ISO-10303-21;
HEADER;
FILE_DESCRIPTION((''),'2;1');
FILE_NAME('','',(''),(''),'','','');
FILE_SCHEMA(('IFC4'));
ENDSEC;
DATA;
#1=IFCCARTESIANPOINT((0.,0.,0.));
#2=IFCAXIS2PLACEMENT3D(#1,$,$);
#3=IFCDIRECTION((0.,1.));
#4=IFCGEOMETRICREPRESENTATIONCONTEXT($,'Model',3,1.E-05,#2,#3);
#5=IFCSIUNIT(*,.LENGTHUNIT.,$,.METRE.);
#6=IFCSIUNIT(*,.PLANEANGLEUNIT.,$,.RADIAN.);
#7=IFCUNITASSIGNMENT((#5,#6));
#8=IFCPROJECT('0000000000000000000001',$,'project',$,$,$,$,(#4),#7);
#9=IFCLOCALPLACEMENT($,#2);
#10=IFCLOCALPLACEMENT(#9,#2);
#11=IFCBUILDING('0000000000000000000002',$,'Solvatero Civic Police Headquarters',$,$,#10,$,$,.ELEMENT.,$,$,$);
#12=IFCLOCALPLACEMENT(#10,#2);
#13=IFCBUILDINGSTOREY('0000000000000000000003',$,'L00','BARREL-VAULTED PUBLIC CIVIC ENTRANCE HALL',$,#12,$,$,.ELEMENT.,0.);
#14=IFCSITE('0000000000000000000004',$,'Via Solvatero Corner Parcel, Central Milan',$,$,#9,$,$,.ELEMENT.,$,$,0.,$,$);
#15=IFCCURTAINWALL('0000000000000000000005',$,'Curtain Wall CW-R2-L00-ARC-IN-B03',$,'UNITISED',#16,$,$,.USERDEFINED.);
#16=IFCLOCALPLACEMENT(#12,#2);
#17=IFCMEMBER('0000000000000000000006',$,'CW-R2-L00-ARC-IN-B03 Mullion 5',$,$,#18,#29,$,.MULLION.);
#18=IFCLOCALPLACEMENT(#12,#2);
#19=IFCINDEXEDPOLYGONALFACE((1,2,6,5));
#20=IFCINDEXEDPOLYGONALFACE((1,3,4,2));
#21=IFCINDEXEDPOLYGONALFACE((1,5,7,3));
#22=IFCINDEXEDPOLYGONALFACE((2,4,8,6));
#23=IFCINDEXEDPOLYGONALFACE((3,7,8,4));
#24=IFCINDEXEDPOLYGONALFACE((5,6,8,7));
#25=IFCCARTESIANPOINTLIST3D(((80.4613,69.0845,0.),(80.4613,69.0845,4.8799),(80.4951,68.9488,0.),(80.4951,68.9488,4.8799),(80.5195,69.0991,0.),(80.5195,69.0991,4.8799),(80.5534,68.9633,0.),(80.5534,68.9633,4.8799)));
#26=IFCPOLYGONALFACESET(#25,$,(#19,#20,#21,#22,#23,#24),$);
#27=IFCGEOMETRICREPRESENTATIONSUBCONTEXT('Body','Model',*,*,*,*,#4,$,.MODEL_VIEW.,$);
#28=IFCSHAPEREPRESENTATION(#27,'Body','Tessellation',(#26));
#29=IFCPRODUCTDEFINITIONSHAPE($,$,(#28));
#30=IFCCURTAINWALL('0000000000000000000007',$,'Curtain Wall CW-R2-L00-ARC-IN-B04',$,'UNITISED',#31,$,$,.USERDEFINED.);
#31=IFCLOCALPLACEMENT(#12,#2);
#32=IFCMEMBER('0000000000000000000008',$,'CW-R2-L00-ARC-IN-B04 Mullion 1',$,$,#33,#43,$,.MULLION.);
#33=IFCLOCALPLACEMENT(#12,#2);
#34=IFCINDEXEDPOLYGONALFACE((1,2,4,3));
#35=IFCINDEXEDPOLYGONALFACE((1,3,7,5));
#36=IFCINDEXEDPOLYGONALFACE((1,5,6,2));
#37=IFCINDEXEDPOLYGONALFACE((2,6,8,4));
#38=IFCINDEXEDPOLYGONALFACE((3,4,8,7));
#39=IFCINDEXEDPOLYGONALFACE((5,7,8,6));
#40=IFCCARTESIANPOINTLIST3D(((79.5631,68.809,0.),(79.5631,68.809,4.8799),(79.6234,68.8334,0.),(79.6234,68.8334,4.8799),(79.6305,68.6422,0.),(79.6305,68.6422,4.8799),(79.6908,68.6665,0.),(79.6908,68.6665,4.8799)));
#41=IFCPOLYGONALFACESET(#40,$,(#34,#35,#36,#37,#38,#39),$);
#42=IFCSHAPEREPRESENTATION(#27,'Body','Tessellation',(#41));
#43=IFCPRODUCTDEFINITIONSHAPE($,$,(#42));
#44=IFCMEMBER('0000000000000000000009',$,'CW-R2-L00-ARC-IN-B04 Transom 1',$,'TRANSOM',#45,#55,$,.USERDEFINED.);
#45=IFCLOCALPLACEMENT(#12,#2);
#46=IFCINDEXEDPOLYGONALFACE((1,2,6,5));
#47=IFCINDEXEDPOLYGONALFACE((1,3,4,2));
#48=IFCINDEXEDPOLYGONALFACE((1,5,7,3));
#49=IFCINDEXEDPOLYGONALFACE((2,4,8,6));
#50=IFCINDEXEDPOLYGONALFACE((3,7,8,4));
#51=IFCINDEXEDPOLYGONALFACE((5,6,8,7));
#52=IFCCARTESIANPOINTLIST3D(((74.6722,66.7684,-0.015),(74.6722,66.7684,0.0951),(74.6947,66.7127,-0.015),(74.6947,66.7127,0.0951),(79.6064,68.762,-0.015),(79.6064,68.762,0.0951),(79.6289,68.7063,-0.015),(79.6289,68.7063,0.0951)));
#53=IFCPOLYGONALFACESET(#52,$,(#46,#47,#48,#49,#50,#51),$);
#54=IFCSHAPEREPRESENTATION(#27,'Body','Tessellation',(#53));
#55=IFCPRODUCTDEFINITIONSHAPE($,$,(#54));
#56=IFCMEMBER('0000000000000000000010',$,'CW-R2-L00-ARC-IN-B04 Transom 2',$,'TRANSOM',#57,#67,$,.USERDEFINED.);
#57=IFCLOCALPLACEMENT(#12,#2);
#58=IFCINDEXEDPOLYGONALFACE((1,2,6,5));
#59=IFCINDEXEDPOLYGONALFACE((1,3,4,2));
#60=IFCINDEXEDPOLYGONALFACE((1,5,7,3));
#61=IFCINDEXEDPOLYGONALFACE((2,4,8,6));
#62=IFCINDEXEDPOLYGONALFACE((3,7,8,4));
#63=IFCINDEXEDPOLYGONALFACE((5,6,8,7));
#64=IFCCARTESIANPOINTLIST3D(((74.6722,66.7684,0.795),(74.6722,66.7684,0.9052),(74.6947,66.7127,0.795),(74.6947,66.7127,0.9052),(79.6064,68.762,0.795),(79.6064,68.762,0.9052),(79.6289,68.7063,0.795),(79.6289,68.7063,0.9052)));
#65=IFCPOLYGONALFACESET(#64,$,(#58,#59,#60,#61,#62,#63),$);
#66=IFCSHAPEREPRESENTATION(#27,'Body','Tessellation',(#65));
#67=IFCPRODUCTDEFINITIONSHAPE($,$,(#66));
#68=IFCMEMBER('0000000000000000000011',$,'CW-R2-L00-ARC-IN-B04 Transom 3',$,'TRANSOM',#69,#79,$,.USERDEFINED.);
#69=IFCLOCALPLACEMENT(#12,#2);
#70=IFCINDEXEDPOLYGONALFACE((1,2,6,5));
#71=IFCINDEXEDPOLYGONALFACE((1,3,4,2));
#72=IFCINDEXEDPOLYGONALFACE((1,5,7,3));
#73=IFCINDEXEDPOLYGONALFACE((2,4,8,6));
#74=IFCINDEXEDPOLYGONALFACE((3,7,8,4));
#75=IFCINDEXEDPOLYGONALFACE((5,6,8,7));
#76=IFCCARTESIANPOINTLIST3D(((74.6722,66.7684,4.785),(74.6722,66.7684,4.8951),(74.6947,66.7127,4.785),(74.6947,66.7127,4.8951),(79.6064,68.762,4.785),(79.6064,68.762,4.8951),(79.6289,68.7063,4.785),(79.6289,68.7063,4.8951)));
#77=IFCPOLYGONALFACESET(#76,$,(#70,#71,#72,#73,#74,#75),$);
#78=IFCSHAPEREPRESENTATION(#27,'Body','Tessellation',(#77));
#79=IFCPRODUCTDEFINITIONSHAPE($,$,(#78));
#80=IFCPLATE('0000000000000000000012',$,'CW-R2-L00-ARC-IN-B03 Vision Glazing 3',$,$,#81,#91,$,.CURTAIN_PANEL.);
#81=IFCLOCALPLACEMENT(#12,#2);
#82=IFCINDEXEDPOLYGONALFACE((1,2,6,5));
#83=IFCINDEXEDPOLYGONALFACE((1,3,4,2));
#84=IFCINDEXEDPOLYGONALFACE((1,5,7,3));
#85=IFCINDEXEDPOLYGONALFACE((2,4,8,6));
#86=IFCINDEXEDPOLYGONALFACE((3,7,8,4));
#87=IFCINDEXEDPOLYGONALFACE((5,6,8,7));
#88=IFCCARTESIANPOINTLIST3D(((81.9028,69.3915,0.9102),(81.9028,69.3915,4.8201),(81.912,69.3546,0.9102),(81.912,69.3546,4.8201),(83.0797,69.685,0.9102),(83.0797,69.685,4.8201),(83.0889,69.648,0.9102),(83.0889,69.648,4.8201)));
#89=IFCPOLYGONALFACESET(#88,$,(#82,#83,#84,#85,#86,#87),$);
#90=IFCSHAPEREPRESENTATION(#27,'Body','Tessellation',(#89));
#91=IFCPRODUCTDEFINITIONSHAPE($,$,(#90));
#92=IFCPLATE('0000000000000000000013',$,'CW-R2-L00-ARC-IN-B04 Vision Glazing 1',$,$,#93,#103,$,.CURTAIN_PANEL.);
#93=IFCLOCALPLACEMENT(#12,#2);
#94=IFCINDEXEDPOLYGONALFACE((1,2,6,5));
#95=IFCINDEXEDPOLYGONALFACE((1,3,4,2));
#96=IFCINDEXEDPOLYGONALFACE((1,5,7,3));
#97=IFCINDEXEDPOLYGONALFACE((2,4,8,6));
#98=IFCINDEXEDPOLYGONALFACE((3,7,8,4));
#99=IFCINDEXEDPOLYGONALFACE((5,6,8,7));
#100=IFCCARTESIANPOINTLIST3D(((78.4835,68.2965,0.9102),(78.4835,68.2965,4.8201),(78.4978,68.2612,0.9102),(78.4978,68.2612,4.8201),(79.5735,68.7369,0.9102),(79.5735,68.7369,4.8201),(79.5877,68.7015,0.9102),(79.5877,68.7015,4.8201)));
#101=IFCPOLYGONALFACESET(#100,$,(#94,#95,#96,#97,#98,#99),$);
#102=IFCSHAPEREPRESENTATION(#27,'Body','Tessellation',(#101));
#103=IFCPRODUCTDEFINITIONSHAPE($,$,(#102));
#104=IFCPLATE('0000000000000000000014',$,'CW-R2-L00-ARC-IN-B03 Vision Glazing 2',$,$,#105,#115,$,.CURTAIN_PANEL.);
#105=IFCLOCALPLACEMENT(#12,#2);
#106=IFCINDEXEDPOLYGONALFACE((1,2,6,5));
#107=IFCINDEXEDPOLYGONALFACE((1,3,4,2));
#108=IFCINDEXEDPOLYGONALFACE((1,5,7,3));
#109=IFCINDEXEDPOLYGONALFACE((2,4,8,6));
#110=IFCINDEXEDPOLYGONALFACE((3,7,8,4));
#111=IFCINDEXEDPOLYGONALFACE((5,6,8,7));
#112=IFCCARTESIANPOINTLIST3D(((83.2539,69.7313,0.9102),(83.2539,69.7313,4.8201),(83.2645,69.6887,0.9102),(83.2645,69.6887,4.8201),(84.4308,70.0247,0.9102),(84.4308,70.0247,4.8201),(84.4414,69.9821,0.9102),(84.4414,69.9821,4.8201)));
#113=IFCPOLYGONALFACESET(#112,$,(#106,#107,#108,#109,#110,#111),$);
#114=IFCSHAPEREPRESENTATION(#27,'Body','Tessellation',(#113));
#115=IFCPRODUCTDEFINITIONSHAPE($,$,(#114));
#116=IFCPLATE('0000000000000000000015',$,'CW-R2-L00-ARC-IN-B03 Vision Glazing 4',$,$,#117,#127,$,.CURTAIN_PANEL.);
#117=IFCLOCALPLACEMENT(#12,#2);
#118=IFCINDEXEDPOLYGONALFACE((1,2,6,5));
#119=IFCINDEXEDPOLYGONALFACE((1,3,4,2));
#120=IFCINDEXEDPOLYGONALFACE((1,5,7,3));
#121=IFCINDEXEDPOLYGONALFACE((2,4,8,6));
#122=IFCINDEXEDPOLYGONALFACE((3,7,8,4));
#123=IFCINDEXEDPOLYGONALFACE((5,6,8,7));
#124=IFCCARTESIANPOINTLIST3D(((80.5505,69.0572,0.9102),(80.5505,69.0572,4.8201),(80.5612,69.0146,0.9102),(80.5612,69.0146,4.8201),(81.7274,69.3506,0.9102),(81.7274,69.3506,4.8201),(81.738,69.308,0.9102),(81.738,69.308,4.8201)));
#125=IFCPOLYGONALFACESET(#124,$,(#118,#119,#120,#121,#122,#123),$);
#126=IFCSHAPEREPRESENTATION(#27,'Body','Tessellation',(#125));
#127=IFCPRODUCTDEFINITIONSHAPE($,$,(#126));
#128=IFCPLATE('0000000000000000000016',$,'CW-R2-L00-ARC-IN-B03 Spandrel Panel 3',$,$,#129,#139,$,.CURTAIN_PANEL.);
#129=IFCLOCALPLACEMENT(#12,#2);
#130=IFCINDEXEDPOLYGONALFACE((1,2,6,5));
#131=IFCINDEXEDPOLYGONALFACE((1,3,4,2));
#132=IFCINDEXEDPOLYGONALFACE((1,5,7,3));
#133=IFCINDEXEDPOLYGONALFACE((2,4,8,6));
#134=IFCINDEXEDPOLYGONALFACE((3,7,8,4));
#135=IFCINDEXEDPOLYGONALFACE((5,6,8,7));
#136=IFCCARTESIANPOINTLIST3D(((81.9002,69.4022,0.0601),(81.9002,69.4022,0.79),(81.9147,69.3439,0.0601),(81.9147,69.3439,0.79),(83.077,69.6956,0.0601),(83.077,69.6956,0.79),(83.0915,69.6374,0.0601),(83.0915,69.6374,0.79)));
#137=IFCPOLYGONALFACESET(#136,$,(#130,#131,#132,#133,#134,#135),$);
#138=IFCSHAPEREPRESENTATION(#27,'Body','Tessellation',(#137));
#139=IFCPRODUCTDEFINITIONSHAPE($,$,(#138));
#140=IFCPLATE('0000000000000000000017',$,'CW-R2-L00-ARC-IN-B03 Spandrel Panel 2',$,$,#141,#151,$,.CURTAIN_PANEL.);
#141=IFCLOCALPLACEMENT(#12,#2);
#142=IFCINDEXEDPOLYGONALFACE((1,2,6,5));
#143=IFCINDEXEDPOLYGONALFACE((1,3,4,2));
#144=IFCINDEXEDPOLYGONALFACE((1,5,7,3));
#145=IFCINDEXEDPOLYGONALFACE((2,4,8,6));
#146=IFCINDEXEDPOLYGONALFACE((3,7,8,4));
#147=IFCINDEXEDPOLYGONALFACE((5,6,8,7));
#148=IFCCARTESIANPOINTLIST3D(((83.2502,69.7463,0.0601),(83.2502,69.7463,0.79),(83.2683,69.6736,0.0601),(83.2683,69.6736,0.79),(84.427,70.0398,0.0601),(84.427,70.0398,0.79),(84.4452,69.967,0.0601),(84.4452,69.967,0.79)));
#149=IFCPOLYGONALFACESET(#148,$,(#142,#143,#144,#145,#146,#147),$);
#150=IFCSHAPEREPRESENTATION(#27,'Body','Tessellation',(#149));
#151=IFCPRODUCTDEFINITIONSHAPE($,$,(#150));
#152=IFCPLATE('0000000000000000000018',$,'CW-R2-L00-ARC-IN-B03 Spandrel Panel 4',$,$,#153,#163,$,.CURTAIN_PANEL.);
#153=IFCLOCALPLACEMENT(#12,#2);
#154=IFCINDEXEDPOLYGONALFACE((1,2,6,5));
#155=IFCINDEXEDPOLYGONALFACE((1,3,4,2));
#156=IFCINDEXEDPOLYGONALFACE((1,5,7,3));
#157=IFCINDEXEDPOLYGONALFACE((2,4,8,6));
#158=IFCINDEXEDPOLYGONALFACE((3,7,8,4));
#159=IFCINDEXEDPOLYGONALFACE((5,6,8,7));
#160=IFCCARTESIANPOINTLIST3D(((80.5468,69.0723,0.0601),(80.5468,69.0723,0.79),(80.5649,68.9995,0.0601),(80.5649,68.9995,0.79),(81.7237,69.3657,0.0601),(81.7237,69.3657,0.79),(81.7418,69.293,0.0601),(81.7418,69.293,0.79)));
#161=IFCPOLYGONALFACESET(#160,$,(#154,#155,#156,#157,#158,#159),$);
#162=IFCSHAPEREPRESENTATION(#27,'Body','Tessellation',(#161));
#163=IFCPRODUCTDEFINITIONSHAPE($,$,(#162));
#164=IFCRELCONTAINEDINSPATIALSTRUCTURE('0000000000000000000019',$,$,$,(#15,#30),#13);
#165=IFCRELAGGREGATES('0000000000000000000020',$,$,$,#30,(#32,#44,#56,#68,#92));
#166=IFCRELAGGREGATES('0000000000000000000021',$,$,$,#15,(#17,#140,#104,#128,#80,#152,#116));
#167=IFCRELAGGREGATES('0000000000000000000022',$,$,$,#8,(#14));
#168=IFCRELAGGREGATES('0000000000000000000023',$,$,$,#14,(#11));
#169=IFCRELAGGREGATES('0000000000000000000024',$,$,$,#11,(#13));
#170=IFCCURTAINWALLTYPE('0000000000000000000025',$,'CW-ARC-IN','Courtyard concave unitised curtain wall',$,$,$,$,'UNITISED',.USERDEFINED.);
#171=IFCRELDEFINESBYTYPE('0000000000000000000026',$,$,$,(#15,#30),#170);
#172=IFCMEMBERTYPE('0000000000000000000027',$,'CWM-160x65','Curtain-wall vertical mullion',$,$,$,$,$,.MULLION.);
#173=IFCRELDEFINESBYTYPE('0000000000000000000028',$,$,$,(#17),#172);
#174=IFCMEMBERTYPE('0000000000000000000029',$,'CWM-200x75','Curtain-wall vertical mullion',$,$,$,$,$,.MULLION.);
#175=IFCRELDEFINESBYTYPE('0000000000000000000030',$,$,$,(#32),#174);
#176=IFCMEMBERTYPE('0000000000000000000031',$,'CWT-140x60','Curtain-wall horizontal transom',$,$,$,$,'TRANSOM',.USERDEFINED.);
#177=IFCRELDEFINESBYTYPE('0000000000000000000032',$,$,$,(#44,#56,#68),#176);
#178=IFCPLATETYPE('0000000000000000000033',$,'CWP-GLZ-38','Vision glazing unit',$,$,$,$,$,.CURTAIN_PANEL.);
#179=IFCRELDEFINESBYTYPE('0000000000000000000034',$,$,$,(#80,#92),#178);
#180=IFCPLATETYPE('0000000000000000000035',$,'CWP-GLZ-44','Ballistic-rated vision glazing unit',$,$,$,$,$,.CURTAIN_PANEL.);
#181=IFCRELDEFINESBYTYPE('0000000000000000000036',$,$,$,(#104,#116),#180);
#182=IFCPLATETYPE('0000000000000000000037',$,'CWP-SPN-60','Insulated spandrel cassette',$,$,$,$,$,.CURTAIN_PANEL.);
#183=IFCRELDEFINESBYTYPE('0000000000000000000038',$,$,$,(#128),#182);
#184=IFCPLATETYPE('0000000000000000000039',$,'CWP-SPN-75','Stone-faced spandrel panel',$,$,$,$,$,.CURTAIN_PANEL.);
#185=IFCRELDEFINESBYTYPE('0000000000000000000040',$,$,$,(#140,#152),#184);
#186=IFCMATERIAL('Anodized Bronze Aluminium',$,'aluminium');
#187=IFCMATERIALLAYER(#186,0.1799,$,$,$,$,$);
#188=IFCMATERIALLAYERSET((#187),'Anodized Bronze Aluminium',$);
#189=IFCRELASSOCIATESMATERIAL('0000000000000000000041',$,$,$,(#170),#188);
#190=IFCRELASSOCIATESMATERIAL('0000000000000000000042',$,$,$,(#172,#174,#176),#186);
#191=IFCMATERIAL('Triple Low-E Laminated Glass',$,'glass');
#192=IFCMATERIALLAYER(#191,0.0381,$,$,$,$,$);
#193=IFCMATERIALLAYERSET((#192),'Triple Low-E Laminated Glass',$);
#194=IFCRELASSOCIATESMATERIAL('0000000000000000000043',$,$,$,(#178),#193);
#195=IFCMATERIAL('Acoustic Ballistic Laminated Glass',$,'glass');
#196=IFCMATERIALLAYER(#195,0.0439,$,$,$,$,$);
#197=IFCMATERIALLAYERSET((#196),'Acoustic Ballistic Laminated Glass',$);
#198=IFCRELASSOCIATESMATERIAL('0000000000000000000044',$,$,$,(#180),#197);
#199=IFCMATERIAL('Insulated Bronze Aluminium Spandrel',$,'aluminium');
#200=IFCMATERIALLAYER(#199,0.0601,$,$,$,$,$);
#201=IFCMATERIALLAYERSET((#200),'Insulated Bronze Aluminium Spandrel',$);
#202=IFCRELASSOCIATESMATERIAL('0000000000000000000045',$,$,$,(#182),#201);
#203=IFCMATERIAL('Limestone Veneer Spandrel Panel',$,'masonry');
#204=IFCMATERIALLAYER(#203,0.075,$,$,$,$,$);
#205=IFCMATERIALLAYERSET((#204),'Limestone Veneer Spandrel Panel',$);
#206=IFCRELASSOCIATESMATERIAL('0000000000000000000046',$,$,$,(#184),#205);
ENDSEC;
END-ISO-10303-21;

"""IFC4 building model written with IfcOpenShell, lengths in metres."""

from ifc_helpers import new_model, si_unit, direction, frame, origin, origin_2d, place, context, subcontext, project, spatial, rectangle, extrude, material, layer, layer_set, material_profile, profile_set, type_object, element, aggregate, save


model = new_model("IFC4")

# Units and contexts
model_context = context("Model", 3, precision=1e-05, world=origin(), true_north=direction((0.0, 1.0)))
body_context = subcontext(model_context, "Body", "Model", "MODEL_VIEW")
ifc_project = project(units=[si_unit("LENGTHUNIT", "METRE"), si_unit("PLANEANGLEUNIT", "RADIAN")], contexts=[model_context])

# Site, building, storey
site_placement = place(None, origin())
site = spatial("IfcSite", under=ifc_project, at=site_placement, Name="Via Solvatero Corner Parcel, Central Milan", CompositionType="ELEMENT", RefElevation=0.0)
building_placement = place(site_placement, origin())
building = spatial("IfcBuilding", under=site, at=building_placement, Name="Solvatero Civic Police Headquarters", CompositionType="ELEMENT")
storey_placement = place(building_placement, origin())
storey = spatial("IfcBuildingStorey", under=building, at=storey_placement, Name="L00", Description="BARREL-VAULTED PUBLIC CIVIC ENTRANCE HALL", CompositionType="ELEMENT", Elevation=0.0)

# Curtain walls, members
ifc_material_1 = material(Name="Anodized Bronze Aluminium", Category="aluminium")
ifc_layer_1 = layer(ifc_material_1, 0.1799)
ifc_layer_set_1 = layer_set([ifc_layer_1], Name="Anodized Bronze Aluminium")
curtain_wall_type = type_object("IfcCurtainWallType", Name="CW-ARC-IN", Description="Courtyard concave unitised curtain wall", ElementType="UNITISED", PredefinedType="USERDEFINED", material=ifc_layer_set_1)
curtain_wall_1_placement = place(storey_placement, origin())
curtain_wall_1 = element("IfcCurtainWall", 1, at=curtain_wall_1_placement, inside=storey, type_object=curtain_wall_type, Name="Curtain Wall CW-R2-L00-ARC-IN-B03", ObjectType="UNITISED", PredefinedType="USERDEFINED")
ifc_material_profile_1 = material_profile(ifc_material_1, rectangle(XDim=0.0601, YDim=0.1399, at=origin_2d()), Name="ALU MULLION 60x140")
ifc_profile_set_1 = profile_set([ifc_material_profile_1], Name="Anodized Bronze Aluminium")
member_type_1 = type_object("IfcMemberType", Name="CWM-160x65", Description="Curtain-wall vertical mullion", PredefinedType="MULLION", material=ifc_profile_set_1)
member_1_placement = place(storey_placement, frame((80.5073, 69.0239, 0.0), z_axis=(0.0, 0.0, 1.0), x_axis=(-0.970296, -0.241922, 0.0)))
member_1 = element("IfcMember", 2, at=member_1_placement, type_object=member_type_1, Name="CW-R2-L00-ARC-IN-B03 Mullion 5", PredefinedType="MULLION", context=body_context, shape_type="SweptSolid", body=[
    extrude(rectangle(XDim=0.0601, YDim=0.1399, at=origin_2d()), origin(), (0.0, 0.0, 1.0), 4.8799),
])
curtain_wall_2_placement = place(storey_placement, origin())
curtain_wall_2 = element("IfcCurtainWall", 3, at=curtain_wall_2_placement, inside=storey, type_object=curtain_wall_type, Name="Curtain Wall CW-R2-L00-ARC-IN-B04", ObjectType="UNITISED", PredefinedType="USERDEFINED")
ifc_material_profile_2 = material_profile(ifc_material_1, rectangle(XDim=0.0649, YDim=0.1799, at=origin_2d()), Name="ALU MULLION 65x180")
ifc_profile_set_2 = profile_set([ifc_material_profile_2], Name="Anodized Bronze Aluminium")
member_type_2 = type_object("IfcMemberType", Name="CWM-200x75", Description="Curtain-wall vertical mullion", PredefinedType="MULLION", material=ifc_profile_set_2)
member_2_placement = place(storey_placement, frame((79.627, 68.7378, 0.0), z_axis=(0.0, 0.0, 1.0), x_axis=(-0.927184, -0.374607, 0.0)))
member_2 = element("IfcMember", 4, at=member_2_placement, type_object=member_type_2, Name="CW-R2-L00-ARC-IN-B04 Mullion 1", PredefinedType="MULLION", context=body_context, shape_type="SweptSolid", body=[
    extrude(rectangle(XDim=0.0649, YDim=0.1799, at=origin_2d()), origin(), (0.0, 0.0, 1.0), 4.8799),
])
ifc_material_profile_3 = material_profile(ifc_material_1, rectangle(XDim=0.0601, YDim=0.1101, at=origin_2d()), Name="ALU TRANSOM 60x110")
ifc_profile_set_3 = profile_set([ifc_material_profile_3], Name="Anodized Bronze Aluminium")
member_type_3 = type_object("IfcMemberType", Name="CWT-140x60", Description="Curtain-wall horizontal transom", ElementType="TRANSOM", PredefinedType="USERDEFINED", material=ifc_profile_set_3)
member_3_placement = place(storey_placement, frame((79.6177, 68.7341, 0.04), z_axis=(-0.92718, -0.374616, 0.0), x_axis=(0.374616, -0.92718, 0.0)))
member_3 = element("IfcMember", 5, at=member_3_placement, type_object=member_type_3, Name="CW-R2-L00-ARC-IN-B04 Transom 1", ObjectType="TRANSOM", PredefinedType="USERDEFINED", context=body_context, shape_type="SweptSolid", body=[
    extrude(rectangle(XDim=0.0601, YDim=0.1101, at=origin_2d()), origin(), (0.0, 0.0, 1.0), 5.3218),
])
member_4_placement = place(storey_placement, frame((79.6177, 68.7341, 0.8501), z_axis=(-0.92718, -0.374616, 0.0), x_axis=(0.374616, -0.92718, 0.0)))
member_4 = element("IfcMember", 6, at=member_4_placement, type_object=member_type_3, Name="CW-R2-L00-ARC-IN-B04 Transom 2", ObjectType="TRANSOM", PredefinedType="USERDEFINED", context=body_context, shape_type="SweptSolid", body=[
    extrude(rectangle(XDim=0.0601, YDim=0.1101, at=origin_2d()), origin(), (0.0, 0.0, 1.0), 5.3218),
])
member_5_placement = place(storey_placement, frame((79.6177, 68.7341, 4.8401), z_axis=(-0.92718, -0.374616, 0.0), x_axis=(0.374616, -0.92718, 0.0)))
member_5 = element("IfcMember", 7, at=member_5_placement, type_object=member_type_3, Name="CW-R2-L00-ARC-IN-B04 Transom 3", ObjectType="TRANSOM", PredefinedType="USERDEFINED", context=body_context, shape_type="SweptSolid", body=[
    extrude(rectangle(XDim=0.0601, YDim=0.1101, at=origin_2d()), origin(), (0.0, 0.0, 1.0), 5.3218),
])

# Plates
ifc_material_2 = material(Name="Triple Low-E Laminated Glass", Category="glass")
ifc_layer_2 = layer(ifc_material_2, 0.0381)
ifc_layer_set_2 = layer_set([ifc_layer_2], Name="Triple Low-E Laminated Glass")
plate_type_1 = type_object("IfcPlateType", Name="CWP-GLZ-38", Description="Vision glazing unit", PredefinedType="CURTAIN_PANEL", material=ifc_layer_set_2)
plate_1_placement = place(storey_placement, frame((82.4958, 69.5198, 0.9102), z_axis=(0.0, 0.0, 1.0), x_axis=(-0.970296, -0.241922, 0.0)))
plate_1 = element("IfcPlate", 8, at=plate_1_placement, type_object=plate_type_1, Name="CW-R2-L00-ARC-IN-B03 Vision Glazing 3", PredefinedType="CURTAIN_PANEL", context=body_context, shape_type="SweptSolid", body=[
    extrude(rectangle(XDim=1.2129, YDim=0.0381, at=origin_2d()), origin(), (0.0, 0.0, 1.0), 3.9099),
])
plate_2_placement = place(storey_placement, frame((79.0356, 68.499, 0.9102), z_axis=(0.0, 0.0, 1.0), x_axis=(-0.927184, -0.374607, 0.0)))
plate_2 = element("IfcPlate", 9, at=plate_2_placement, type_object=plate_type_1, Name="CW-R2-L00-ARC-IN-B04 Vision Glazing 1", PredefinedType="CURTAIN_PANEL", context=body_context, shape_type="SweptSolid", body=[
    extrude(rectangle(XDim=1.1755, YDim=0.0381, at=origin_2d()), origin(), (0.0, 0.0, 1.0), 3.9099),
])
aggregate(curtain_wall_2, [member_2, member_3, member_4, member_5, plate_2])
ifc_material_3 = material(Name="Acoustic Ballistic Laminated Glass", Category="glass")
ifc_layer_3 = layer(ifc_material_3, 0.0439)
ifc_layer_set_3 = layer_set([ifc_layer_3], Name="Acoustic Ballistic Laminated Glass")
plate_type_2 = type_object("IfcPlateType", Name="CWP-GLZ-44", Description="Ballistic-rated vision glazing unit", PredefinedType="CURTAIN_PANEL", material=ifc_layer_set_3)
plate_3_placement = place(storey_placement, frame((83.8477, 69.8567, 0.9102), z_axis=(0.0, 0.0, 1.0), x_axis=(-0.970296, -0.241922, 0.0)))
plate_3 = element("IfcPlate", 10, at=plate_3_placement, type_object=plate_type_2, Name="CW-R2-L00-ARC-IN-B03 Vision Glazing 2", PredefinedType="CURTAIN_PANEL", context=body_context, shape_type="SweptSolid", body=[
    extrude(rectangle(XDim=1.2129, YDim=0.0439, at=origin_2d()), origin(), (0.0, 0.0, 1.0), 3.9099),
])
plate_4_placement = place(storey_placement, frame((81.1443, 69.1826, 0.9102), z_axis=(0.0, 0.0, 1.0), x_axis=(-0.970296, -0.241922, 0.0)))
plate_4 = element("IfcPlate", 11, at=plate_4_placement, type_object=plate_type_2, Name="CW-R2-L00-ARC-IN-B03 Vision Glazing 4", PredefinedType="CURTAIN_PANEL", context=body_context, shape_type="SweptSolid", body=[
    extrude(rectangle(XDim=1.2129, YDim=0.0439, at=origin_2d()), origin(), (0.0, 0.0, 1.0), 3.9099),
])
ifc_material_4 = material(Name="Insulated Bronze Aluminium Spandrel", Category="aluminium")
ifc_layer_4 = layer(ifc_material_4, 0.0601)
ifc_layer_set_4 = layer_set([ifc_layer_4], Name="Insulated Bronze Aluminium Spandrel")
plate_type_3 = type_object("IfcPlateType", Name="CWP-SPN-60", Description="Insulated spandrel cassette", PredefinedType="CURTAIN_PANEL", material=ifc_layer_set_4)
plate_5_placement = place(storey_placement, frame((82.4958, 69.5198, 0.0601), z_axis=(0.0, 0.0, 1.0), x_axis=(-0.970296, -0.241922, 0.0)))
plate_5 = element("IfcPlate", 12, at=plate_5_placement, type_object=plate_type_3, Name="CW-R2-L00-ARC-IN-B03 Spandrel Panel 3", PredefinedType="CURTAIN_PANEL", context=body_context, shape_type="SweptSolid", body=[
    extrude(rectangle(XDim=1.2129, YDim=0.0601, at=origin_2d()), origin(), (0.0, 0.0, 1.0), 0.73),
])
ifc_material_5 = material(Name="Limestone Veneer Spandrel Panel", Category="masonry")
ifc_layer_5 = layer(ifc_material_5, 0.075)
ifc_layer_set_5 = layer_set([ifc_layer_5], Name="Limestone Veneer Spandrel Panel")
plate_type_4 = type_object("IfcPlateType", Name="CWP-SPN-75", Description="Stone-faced spandrel panel", PredefinedType="CURTAIN_PANEL", material=ifc_layer_set_5)
plate_6_placement = place(storey_placement, frame((83.8477, 69.8567, 0.0601), z_axis=(0.0, 0.0, 1.0), x_axis=(-0.970296, -0.241922, 0.0)))
plate_6 = element("IfcPlate", 13, at=plate_6_placement, type_object=plate_type_4, Name="CW-R2-L00-ARC-IN-B03 Spandrel Panel 2", PredefinedType="CURTAIN_PANEL", context=body_context, shape_type="SweptSolid", body=[
    extrude(rectangle(XDim=1.2129, YDim=0.075, at=origin_2d()), origin(), (0.0, 0.0, 1.0), 0.73),
])
plate_7_placement = place(storey_placement, frame((81.1443, 69.1826, 0.0601), z_axis=(0.0, 0.0, 1.0), x_axis=(-0.970296, -0.241922, 0.0)))
plate_7 = element("IfcPlate", 14, at=plate_7_placement, type_object=plate_type_4, Name="CW-R2-L00-ARC-IN-B03 Spandrel Panel 4", PredefinedType="CURTAIN_PANEL", context=body_context, shape_type="SweptSolid", body=[
    extrude(rectangle(XDim=1.2129, YDim=0.075, at=origin_2d()), origin(), (0.0, 0.0, 1.0), 0.73),
])
aggregate(curtain_wall_1, [member_1, plate_6, plate_3, plate_5, plate_1, plate_7, plate_4])

save(model, "model.ifc")
